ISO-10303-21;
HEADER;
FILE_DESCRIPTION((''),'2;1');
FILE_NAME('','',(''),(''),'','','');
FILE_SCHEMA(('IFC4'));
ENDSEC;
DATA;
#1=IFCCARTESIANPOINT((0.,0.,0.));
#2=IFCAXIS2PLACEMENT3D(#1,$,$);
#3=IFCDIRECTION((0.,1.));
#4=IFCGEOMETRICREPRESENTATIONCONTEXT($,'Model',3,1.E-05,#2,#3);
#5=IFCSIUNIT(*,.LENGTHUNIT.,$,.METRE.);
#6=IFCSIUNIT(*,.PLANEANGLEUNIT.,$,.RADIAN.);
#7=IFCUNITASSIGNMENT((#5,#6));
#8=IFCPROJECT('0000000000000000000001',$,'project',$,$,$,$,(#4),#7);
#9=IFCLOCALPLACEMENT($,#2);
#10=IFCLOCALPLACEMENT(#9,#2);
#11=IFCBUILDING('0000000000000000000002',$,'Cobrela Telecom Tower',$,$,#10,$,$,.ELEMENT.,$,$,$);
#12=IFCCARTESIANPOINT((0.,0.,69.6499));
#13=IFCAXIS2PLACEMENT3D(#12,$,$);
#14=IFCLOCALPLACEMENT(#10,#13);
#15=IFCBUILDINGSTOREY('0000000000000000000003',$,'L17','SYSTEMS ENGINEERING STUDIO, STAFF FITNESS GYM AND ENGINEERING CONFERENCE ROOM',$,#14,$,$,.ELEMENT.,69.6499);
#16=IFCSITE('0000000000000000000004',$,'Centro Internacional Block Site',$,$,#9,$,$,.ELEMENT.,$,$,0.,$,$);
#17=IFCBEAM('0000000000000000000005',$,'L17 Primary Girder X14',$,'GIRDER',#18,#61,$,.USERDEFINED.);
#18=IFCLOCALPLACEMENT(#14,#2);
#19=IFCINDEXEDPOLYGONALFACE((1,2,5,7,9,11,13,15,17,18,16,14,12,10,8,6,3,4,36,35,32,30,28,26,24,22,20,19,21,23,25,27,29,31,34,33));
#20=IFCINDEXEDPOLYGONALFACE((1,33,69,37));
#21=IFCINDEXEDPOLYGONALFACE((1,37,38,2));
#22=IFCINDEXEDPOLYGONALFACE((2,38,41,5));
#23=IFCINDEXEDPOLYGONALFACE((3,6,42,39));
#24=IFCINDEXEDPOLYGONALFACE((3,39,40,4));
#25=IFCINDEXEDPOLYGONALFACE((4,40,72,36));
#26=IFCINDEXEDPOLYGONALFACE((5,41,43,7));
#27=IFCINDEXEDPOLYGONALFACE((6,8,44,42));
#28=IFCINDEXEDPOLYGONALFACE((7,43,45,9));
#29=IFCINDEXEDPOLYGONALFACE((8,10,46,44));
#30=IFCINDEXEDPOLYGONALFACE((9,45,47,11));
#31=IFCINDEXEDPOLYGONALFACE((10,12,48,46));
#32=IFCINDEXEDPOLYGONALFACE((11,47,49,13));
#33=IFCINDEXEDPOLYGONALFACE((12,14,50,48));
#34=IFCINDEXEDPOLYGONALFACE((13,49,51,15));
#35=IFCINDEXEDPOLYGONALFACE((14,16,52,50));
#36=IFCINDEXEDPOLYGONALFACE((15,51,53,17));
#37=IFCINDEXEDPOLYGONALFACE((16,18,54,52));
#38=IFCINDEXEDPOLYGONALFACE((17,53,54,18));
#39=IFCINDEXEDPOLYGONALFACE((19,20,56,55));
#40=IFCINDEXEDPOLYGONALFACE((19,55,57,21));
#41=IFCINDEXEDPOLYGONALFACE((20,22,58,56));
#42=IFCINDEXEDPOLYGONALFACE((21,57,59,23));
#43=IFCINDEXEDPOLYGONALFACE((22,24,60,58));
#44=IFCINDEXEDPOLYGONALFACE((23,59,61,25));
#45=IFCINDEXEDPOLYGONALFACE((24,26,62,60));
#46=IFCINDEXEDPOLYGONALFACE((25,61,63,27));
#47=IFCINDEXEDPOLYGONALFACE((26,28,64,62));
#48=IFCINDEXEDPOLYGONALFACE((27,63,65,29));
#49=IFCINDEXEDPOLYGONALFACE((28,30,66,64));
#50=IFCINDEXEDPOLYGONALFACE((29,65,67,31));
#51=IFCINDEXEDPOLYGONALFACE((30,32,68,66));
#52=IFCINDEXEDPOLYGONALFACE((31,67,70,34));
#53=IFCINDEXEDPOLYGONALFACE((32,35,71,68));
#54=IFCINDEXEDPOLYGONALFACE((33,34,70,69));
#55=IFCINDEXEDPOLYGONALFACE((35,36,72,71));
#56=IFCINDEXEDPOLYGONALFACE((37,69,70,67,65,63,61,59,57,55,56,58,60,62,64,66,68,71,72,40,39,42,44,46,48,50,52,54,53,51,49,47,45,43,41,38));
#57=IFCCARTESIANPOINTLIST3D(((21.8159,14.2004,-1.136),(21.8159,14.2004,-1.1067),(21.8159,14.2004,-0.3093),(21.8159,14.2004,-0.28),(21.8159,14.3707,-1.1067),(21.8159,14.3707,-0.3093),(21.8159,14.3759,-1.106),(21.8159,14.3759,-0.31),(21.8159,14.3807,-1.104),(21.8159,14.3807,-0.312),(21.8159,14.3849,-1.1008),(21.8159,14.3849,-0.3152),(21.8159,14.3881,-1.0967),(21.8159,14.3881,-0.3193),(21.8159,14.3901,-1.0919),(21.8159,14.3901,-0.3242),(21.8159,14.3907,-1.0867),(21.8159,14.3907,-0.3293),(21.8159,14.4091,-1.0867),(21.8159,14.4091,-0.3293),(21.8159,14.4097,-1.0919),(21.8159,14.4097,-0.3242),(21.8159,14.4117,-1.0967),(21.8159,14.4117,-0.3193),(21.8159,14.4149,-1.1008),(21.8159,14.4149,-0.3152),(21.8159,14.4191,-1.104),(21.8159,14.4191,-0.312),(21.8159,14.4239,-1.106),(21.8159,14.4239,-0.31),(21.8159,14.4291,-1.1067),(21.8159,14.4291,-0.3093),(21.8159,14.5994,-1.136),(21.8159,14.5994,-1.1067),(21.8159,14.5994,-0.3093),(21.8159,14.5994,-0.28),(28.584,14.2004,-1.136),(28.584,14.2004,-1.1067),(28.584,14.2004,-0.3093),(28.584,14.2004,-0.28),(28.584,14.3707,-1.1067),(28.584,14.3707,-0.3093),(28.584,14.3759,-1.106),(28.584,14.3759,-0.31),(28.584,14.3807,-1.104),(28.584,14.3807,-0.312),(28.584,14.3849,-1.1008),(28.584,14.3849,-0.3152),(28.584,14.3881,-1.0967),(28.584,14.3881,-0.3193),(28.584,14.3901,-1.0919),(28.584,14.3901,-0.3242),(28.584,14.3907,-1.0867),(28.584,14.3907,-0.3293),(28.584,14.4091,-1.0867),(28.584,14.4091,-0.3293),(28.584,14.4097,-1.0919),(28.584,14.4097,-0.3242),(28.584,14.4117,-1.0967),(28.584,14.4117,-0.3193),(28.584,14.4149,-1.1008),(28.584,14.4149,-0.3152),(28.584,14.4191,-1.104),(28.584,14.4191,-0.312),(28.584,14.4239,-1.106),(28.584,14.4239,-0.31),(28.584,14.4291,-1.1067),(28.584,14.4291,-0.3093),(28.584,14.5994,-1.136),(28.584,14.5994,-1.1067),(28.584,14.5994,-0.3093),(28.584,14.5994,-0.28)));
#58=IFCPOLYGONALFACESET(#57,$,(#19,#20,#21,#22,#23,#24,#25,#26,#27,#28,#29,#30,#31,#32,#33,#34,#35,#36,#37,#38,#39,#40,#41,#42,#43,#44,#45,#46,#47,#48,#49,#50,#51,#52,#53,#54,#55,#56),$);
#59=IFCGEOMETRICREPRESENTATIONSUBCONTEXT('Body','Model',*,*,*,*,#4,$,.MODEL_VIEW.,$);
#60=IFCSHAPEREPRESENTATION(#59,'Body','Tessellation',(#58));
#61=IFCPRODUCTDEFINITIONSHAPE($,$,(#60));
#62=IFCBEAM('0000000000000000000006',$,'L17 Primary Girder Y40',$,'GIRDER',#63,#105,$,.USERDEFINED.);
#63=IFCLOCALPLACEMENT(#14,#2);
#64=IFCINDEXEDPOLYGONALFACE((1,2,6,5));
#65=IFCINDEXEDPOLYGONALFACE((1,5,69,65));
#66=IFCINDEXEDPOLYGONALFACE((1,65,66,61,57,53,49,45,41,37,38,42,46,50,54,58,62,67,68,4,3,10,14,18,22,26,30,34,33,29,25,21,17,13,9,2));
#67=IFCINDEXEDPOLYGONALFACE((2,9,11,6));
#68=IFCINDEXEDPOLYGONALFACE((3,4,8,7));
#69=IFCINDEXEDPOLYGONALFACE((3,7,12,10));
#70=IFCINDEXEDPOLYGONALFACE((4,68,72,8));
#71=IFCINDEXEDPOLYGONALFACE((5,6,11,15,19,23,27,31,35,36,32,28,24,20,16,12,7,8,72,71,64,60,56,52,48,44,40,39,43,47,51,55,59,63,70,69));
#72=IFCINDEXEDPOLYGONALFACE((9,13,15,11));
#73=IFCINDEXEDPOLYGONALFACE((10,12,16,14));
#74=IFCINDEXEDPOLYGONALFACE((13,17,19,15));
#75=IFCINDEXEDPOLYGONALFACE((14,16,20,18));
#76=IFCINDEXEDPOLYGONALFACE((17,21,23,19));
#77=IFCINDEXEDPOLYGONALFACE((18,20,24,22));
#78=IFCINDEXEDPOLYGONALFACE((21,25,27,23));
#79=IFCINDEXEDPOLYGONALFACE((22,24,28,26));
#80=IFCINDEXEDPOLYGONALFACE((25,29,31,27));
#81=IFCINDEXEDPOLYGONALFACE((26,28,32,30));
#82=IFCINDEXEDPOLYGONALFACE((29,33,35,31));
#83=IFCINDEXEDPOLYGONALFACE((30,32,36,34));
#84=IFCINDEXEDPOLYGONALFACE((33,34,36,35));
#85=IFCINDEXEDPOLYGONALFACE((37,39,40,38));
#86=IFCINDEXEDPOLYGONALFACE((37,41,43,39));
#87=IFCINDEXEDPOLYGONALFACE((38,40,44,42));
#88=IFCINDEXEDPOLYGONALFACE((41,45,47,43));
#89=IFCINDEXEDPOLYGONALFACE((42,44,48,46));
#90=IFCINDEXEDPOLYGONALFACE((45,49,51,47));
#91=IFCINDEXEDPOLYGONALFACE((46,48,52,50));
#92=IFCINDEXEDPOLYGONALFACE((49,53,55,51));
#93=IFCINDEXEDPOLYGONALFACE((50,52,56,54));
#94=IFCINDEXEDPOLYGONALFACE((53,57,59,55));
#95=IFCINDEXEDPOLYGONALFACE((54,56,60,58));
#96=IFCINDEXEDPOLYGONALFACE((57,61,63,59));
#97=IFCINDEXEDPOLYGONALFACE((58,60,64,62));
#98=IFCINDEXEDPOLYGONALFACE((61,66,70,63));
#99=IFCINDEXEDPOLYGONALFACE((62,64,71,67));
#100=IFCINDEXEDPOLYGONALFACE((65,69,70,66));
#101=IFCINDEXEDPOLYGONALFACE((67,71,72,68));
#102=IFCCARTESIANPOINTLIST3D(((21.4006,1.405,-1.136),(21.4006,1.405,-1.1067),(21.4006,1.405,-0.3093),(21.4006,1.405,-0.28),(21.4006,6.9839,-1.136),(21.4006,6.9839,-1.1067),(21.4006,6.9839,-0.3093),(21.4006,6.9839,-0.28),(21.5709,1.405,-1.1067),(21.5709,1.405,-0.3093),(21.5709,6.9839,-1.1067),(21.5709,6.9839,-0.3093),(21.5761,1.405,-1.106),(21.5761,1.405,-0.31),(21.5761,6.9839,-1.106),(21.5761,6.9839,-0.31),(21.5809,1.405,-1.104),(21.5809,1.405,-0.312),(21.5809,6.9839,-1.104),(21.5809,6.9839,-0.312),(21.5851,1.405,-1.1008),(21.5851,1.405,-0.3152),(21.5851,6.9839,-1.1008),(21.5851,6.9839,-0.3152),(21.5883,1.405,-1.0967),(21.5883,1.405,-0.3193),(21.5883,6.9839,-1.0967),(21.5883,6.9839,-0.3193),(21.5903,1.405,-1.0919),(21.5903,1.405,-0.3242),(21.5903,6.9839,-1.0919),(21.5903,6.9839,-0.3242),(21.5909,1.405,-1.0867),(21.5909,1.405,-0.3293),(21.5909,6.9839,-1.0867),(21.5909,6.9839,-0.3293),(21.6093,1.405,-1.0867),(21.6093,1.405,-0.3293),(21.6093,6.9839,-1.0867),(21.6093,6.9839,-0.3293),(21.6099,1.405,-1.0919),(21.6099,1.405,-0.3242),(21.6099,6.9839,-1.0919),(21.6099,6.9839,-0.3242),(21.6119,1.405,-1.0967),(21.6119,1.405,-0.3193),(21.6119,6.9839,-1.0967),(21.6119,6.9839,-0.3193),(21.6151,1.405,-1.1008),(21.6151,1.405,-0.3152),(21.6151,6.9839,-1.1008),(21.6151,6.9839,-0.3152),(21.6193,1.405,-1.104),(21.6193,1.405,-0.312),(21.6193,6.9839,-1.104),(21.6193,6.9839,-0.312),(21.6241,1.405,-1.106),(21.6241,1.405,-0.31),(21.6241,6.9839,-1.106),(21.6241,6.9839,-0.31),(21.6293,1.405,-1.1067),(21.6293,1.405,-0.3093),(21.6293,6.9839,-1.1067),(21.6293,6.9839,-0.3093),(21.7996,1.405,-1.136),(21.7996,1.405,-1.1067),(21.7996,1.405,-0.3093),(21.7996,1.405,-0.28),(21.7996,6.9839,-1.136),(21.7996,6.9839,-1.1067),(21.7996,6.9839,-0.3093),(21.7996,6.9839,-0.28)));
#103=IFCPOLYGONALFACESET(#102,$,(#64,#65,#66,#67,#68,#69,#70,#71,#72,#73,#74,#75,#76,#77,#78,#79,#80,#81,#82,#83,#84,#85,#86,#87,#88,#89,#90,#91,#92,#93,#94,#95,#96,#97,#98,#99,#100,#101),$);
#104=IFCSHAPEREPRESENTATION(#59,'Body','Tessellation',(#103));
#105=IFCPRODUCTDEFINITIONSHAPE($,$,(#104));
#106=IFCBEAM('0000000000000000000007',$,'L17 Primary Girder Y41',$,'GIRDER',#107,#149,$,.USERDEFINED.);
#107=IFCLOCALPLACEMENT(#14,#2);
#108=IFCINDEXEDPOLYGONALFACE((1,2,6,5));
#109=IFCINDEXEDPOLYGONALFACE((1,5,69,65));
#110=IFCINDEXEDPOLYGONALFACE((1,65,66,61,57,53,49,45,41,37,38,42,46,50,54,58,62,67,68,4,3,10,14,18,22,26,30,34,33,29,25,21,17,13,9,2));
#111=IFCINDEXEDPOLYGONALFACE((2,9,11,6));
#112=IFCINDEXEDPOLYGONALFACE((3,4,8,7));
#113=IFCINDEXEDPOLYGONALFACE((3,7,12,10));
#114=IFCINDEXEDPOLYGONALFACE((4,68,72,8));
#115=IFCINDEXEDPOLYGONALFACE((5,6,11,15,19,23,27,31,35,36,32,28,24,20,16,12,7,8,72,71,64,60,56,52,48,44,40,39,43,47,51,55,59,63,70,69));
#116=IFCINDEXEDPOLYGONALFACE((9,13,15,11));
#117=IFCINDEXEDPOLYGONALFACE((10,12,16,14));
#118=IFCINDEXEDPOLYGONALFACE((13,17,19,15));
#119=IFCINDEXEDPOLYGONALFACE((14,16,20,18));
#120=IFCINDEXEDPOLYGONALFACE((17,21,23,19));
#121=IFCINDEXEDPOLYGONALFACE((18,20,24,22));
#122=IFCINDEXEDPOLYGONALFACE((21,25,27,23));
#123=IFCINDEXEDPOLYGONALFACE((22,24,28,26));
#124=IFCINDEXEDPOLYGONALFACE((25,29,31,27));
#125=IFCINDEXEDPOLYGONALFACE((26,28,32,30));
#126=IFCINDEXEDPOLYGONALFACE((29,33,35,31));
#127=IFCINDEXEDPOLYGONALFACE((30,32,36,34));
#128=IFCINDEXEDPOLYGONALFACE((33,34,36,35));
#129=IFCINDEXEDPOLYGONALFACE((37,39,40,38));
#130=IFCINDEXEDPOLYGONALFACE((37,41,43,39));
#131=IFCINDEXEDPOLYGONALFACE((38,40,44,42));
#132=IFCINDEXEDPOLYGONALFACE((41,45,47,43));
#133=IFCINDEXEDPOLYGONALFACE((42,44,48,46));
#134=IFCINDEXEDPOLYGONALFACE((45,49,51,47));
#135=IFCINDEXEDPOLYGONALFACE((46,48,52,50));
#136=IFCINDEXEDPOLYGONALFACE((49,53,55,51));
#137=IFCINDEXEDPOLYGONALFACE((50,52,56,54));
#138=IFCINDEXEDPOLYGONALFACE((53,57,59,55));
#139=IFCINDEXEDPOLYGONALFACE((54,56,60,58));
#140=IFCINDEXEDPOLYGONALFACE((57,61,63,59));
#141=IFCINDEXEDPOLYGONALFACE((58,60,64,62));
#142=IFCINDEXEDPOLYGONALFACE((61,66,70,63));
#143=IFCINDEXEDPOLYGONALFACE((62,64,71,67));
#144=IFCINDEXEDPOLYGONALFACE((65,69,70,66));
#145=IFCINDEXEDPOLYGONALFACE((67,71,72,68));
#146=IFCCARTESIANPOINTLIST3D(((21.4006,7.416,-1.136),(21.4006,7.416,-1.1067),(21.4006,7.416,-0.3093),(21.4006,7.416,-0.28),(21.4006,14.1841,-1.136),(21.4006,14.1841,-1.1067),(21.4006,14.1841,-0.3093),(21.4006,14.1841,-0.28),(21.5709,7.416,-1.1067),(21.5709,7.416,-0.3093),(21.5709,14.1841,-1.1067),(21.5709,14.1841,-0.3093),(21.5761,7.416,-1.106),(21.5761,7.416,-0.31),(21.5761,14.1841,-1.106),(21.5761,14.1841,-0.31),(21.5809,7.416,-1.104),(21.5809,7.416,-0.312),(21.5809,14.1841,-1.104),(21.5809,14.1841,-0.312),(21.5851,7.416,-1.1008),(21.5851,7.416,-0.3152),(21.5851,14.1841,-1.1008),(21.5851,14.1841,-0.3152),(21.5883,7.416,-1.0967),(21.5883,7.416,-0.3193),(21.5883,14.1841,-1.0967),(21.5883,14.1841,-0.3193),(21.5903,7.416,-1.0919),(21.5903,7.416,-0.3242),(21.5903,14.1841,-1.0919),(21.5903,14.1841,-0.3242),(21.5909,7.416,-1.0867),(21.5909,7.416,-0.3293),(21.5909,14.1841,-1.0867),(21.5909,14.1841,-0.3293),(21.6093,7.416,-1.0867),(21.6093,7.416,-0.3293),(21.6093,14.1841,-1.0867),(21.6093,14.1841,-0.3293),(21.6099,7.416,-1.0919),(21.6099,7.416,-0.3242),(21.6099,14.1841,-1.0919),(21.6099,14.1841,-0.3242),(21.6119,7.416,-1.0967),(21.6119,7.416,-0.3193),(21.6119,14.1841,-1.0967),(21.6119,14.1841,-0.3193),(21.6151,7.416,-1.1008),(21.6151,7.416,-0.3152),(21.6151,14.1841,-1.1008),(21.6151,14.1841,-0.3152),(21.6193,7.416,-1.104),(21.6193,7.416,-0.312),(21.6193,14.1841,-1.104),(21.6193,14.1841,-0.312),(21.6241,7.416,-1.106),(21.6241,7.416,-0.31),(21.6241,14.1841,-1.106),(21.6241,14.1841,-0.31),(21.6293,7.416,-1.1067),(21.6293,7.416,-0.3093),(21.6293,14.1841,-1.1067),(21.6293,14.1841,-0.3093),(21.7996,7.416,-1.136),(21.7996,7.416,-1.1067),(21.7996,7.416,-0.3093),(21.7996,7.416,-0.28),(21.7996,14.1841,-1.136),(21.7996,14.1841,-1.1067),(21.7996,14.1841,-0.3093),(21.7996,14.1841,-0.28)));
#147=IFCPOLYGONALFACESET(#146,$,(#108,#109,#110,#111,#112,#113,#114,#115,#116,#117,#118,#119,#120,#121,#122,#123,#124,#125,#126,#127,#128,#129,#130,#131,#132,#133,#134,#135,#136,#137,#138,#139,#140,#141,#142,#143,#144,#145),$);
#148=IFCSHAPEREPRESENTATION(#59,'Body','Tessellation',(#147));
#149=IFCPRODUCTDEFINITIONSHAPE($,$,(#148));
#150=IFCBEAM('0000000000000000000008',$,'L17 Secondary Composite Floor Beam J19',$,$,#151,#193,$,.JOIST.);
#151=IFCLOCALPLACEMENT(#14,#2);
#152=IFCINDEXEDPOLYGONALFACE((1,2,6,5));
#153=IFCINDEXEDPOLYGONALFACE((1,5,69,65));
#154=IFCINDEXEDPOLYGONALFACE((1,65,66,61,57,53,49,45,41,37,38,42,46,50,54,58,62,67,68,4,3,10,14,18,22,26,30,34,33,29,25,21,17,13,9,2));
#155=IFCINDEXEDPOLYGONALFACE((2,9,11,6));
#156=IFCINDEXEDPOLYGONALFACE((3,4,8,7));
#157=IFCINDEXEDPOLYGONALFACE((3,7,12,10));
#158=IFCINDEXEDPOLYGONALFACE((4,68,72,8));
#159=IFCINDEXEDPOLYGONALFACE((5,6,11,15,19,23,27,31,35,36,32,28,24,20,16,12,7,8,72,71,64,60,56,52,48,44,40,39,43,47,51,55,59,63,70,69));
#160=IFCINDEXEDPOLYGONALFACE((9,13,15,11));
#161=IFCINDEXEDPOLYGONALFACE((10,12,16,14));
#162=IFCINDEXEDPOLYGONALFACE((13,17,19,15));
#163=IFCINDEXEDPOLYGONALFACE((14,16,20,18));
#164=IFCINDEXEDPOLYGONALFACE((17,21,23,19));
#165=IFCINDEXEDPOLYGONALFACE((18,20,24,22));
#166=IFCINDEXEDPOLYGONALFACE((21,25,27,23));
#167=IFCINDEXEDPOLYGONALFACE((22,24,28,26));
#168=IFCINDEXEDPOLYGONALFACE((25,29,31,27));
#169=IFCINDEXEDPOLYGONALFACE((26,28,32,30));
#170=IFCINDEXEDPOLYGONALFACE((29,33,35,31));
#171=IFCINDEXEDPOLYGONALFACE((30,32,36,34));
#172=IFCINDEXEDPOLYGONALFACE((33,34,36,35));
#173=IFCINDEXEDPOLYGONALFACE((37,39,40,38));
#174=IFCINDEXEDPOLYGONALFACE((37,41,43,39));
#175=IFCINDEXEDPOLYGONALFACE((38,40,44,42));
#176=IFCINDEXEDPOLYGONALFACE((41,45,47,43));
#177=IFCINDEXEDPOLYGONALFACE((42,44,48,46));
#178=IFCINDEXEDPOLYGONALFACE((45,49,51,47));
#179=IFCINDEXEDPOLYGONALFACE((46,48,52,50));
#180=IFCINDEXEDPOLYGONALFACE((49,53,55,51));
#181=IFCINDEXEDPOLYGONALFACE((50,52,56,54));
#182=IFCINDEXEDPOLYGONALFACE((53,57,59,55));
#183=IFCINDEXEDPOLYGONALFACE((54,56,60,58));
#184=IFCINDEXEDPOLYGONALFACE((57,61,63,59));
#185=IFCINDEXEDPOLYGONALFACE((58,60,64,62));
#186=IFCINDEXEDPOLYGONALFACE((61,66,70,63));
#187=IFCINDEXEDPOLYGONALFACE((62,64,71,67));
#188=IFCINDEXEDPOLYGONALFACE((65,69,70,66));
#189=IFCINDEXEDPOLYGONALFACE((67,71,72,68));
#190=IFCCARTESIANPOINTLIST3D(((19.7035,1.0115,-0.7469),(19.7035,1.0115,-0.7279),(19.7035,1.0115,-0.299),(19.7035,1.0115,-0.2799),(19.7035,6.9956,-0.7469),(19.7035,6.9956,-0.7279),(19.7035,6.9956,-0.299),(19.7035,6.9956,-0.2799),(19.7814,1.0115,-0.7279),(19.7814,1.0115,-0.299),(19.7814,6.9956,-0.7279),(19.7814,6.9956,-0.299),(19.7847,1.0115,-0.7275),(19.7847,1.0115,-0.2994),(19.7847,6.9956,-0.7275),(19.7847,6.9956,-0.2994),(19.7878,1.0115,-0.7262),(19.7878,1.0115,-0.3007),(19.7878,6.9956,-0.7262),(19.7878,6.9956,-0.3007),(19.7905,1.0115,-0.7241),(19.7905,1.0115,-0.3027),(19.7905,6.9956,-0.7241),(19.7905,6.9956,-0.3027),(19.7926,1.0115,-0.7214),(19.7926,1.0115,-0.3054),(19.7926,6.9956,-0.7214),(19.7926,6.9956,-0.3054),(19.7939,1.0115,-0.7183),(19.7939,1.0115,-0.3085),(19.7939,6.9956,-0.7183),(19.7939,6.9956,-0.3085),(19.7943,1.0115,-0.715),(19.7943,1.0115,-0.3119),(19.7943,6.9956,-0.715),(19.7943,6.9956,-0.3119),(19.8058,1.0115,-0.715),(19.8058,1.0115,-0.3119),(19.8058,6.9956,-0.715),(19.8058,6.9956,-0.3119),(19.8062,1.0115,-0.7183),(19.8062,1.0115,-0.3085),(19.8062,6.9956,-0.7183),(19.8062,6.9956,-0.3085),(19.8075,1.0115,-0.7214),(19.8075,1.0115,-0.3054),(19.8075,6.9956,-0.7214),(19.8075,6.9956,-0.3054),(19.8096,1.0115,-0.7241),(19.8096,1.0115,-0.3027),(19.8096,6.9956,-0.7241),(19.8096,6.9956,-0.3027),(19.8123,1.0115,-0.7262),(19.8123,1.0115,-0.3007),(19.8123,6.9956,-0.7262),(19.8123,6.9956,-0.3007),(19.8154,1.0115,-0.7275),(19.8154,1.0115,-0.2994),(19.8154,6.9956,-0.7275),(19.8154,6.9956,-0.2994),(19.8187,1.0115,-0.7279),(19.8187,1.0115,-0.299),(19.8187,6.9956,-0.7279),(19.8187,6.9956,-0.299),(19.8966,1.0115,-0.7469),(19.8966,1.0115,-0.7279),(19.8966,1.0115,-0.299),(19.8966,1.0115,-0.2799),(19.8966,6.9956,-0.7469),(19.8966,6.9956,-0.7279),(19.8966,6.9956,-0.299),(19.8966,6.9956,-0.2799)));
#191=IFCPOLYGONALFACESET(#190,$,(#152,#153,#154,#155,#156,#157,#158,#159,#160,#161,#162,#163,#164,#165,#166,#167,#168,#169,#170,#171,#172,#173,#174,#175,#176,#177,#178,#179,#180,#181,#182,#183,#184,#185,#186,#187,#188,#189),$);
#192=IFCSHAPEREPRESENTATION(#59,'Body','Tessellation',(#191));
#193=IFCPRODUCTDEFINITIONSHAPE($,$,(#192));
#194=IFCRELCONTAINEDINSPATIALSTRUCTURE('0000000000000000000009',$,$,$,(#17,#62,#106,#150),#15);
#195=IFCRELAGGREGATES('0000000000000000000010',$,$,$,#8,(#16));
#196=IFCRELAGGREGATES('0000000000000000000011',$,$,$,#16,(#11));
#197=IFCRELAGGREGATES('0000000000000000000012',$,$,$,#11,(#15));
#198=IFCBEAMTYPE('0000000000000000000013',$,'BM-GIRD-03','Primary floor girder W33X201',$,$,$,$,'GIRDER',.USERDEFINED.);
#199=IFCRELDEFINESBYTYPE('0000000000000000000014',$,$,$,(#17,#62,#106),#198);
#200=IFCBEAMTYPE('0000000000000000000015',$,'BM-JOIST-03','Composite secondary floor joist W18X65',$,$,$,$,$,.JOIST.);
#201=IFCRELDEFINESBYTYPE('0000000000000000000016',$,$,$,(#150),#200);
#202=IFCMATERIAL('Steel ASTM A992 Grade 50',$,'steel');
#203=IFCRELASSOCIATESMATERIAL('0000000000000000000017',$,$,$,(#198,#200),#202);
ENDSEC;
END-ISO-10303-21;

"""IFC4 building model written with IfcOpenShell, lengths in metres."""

from ifc_helpers import new_model, si_unit, direction, frame, origin, origin_2d, place, context, subcontext, project, spatial, i_section, extrude, material, material_profile, profile_set, type_object, element, save


model = new_model("IFC4")

# Units and contexts
model_context = context("Model", 3, precision=1e-05, world=origin(), true_north=direction((0.0, 1.0)))
body_context = subcontext(model_context, "Body", "Model", "MODEL_VIEW")
ifc_project = project(units=[si_unit("LENGTHUNIT", "METRE"), si_unit("PLANEANGLEUNIT", "RADIAN")], contexts=[model_context])

# Site, building, storey
site_placement = place(None, origin())
site = spatial("IfcSite", under=ifc_project, at=site_placement, Name="Centro Internacional Block Site", CompositionType="ELEMENT", RefElevation=0.0)
building_placement = place(site_placement, origin())
building = spatial("IfcBuilding", under=site, at=building_placement, Name="Cobrela Telecom Tower", CompositionType="ELEMENT")
storey_placement = place(building_placement, frame((0.0, 0.0, 69.6499)))
storey = spatial("IfcBuildingStorey", under=building, at=storey_placement, Name="L17", Description="SYSTEMS ENGINEERING STUDIO, STAFF FITNESS GYM AND ENGINEERING CONFERENCE ROOM", CompositionType="ELEMENT", Elevation=69.6499)

# Shared definitions
ifc_material_1 = material(Name="Steel ASTM A992 Grade 50", Category="steel")

# Beams
ifc_material_profile_1 = material_profile(ifc_material_1, i_section(OverallWidth=0.3989, OverallDepth=0.856, WebThickness=0.0183, FlangeThickness=0.0293, FilletRadius=0.02, at=origin_2d()), Name="W33X201")
ifc_profile_set_1 = profile_set([ifc_material_profile_1], Name="Steel ASTM A992 Grade 50")
beam_type_1 = type_object("IfcBeamType", Name="BM-GIRD-03", Description="Primary floor girder W33X201", ElementType="GIRDER", PredefinedType="USERDEFINED", material=ifc_profile_set_1)
for number, where, z_axis, x_axis, name in (
    (1, (21.8159, 14.3999, -0.708), (1.0, 0.0, 0.0), (0.0, 1.0, 0.0), "L17 Primary Girder X14"),
):
    element("IfcBeam", number, at=place(storey_placement, frame(where, z_axis=z_axis, x_axis=x_axis)), inside=storey, type_object=beam_type_1, Name=name, ObjectType="GIRDER", PredefinedType="USERDEFINED", context=body_context, shape_type="SweptSolid", body=[
        extrude(i_section(OverallWidth=0.3989, OverallDepth=0.856, WebThickness=0.0183, FlangeThickness=0.0293, FilletRadius=0.02, at=origin_2d()), origin(), (0.0, 0.0, 1.0), 6.7681),
    ])
beam_1_placement = place(storey_placement, frame((21.6001, 1.405, -0.708), z_axis=(0.0, 1.0, 0.0), x_axis=(-1.0, 0.0, 0.0)))
element("IfcBeam", 2, at=beam_1_placement, inside=storey, type_object=beam_type_1, Name="L17 Primary Girder Y40", ObjectType="GIRDER", PredefinedType="USERDEFINED", context=body_context, shape_type="SweptSolid", body=[
    extrude(i_section(OverallWidth=0.3989, OverallDepth=0.856, WebThickness=0.0183, FlangeThickness=0.0293, FilletRadius=0.02, at=origin_2d()), origin(), (0.0, 0.0, 1.0), 5.5789),
])
beam_2_placement = place(storey_placement, frame((21.6001, 7.416, -0.708), z_axis=(0.0, 1.0, 0.0), x_axis=(-1.0, 0.0, 0.0)))
element("IfcBeam", 3, at=beam_2_placement, inside=storey, type_object=beam_type_1, Name="L17 Primary Girder Y41", ObjectType="GIRDER", PredefinedType="USERDEFINED", context=body_context, shape_type="SweptSolid", body=[
    extrude(i_section(OverallWidth=0.3989, OverallDepth=0.856, WebThickness=0.0183, FlangeThickness=0.0293, FilletRadius=0.02, at=origin_2d()), origin(), (0.0, 0.0, 1.0), 6.7681),
])
ifc_material_profile_2 = material_profile(ifc_material_1, i_section(OverallWidth=0.1931, OverallDepth=0.467, WebThickness=0.0115, FlangeThickness=0.019, FilletRadius=0.0129, at=origin_2d()), Name="W18X65")
ifc_profile_set_2 = profile_set([ifc_material_profile_2], Name="Steel ASTM A992 Grade 50")
beam_type_2 = type_object("IfcBeamType", Name="BM-JOIST-03", Description="Composite secondary floor joist W18X65", PredefinedType="JOIST", material=ifc_profile_set_2)
beam_3_placement = place(storey_placement, frame((19.8, 1.0115, -0.5134), z_axis=(0.0, 1.0, 0.0), x_axis=(-1.0, 0.0, 0.0)))
element("IfcBeam", 4, at=beam_3_placement, inside=storey, type_object=beam_type_2, Name="L17 Secondary Composite Floor Beam J19", PredefinedType="JOIST", context=body_context, shape_type="SweptSolid", body=[
    extrude(i_section(OverallWidth=0.1931, OverallDepth=0.467, WebThickness=0.0115, FlangeThickness=0.019, FilletRadius=0.0129, at=origin_2d()), origin(), (0.0, 0.0, 1.0), 5.9841),
])

save(model, "model.ifc")
